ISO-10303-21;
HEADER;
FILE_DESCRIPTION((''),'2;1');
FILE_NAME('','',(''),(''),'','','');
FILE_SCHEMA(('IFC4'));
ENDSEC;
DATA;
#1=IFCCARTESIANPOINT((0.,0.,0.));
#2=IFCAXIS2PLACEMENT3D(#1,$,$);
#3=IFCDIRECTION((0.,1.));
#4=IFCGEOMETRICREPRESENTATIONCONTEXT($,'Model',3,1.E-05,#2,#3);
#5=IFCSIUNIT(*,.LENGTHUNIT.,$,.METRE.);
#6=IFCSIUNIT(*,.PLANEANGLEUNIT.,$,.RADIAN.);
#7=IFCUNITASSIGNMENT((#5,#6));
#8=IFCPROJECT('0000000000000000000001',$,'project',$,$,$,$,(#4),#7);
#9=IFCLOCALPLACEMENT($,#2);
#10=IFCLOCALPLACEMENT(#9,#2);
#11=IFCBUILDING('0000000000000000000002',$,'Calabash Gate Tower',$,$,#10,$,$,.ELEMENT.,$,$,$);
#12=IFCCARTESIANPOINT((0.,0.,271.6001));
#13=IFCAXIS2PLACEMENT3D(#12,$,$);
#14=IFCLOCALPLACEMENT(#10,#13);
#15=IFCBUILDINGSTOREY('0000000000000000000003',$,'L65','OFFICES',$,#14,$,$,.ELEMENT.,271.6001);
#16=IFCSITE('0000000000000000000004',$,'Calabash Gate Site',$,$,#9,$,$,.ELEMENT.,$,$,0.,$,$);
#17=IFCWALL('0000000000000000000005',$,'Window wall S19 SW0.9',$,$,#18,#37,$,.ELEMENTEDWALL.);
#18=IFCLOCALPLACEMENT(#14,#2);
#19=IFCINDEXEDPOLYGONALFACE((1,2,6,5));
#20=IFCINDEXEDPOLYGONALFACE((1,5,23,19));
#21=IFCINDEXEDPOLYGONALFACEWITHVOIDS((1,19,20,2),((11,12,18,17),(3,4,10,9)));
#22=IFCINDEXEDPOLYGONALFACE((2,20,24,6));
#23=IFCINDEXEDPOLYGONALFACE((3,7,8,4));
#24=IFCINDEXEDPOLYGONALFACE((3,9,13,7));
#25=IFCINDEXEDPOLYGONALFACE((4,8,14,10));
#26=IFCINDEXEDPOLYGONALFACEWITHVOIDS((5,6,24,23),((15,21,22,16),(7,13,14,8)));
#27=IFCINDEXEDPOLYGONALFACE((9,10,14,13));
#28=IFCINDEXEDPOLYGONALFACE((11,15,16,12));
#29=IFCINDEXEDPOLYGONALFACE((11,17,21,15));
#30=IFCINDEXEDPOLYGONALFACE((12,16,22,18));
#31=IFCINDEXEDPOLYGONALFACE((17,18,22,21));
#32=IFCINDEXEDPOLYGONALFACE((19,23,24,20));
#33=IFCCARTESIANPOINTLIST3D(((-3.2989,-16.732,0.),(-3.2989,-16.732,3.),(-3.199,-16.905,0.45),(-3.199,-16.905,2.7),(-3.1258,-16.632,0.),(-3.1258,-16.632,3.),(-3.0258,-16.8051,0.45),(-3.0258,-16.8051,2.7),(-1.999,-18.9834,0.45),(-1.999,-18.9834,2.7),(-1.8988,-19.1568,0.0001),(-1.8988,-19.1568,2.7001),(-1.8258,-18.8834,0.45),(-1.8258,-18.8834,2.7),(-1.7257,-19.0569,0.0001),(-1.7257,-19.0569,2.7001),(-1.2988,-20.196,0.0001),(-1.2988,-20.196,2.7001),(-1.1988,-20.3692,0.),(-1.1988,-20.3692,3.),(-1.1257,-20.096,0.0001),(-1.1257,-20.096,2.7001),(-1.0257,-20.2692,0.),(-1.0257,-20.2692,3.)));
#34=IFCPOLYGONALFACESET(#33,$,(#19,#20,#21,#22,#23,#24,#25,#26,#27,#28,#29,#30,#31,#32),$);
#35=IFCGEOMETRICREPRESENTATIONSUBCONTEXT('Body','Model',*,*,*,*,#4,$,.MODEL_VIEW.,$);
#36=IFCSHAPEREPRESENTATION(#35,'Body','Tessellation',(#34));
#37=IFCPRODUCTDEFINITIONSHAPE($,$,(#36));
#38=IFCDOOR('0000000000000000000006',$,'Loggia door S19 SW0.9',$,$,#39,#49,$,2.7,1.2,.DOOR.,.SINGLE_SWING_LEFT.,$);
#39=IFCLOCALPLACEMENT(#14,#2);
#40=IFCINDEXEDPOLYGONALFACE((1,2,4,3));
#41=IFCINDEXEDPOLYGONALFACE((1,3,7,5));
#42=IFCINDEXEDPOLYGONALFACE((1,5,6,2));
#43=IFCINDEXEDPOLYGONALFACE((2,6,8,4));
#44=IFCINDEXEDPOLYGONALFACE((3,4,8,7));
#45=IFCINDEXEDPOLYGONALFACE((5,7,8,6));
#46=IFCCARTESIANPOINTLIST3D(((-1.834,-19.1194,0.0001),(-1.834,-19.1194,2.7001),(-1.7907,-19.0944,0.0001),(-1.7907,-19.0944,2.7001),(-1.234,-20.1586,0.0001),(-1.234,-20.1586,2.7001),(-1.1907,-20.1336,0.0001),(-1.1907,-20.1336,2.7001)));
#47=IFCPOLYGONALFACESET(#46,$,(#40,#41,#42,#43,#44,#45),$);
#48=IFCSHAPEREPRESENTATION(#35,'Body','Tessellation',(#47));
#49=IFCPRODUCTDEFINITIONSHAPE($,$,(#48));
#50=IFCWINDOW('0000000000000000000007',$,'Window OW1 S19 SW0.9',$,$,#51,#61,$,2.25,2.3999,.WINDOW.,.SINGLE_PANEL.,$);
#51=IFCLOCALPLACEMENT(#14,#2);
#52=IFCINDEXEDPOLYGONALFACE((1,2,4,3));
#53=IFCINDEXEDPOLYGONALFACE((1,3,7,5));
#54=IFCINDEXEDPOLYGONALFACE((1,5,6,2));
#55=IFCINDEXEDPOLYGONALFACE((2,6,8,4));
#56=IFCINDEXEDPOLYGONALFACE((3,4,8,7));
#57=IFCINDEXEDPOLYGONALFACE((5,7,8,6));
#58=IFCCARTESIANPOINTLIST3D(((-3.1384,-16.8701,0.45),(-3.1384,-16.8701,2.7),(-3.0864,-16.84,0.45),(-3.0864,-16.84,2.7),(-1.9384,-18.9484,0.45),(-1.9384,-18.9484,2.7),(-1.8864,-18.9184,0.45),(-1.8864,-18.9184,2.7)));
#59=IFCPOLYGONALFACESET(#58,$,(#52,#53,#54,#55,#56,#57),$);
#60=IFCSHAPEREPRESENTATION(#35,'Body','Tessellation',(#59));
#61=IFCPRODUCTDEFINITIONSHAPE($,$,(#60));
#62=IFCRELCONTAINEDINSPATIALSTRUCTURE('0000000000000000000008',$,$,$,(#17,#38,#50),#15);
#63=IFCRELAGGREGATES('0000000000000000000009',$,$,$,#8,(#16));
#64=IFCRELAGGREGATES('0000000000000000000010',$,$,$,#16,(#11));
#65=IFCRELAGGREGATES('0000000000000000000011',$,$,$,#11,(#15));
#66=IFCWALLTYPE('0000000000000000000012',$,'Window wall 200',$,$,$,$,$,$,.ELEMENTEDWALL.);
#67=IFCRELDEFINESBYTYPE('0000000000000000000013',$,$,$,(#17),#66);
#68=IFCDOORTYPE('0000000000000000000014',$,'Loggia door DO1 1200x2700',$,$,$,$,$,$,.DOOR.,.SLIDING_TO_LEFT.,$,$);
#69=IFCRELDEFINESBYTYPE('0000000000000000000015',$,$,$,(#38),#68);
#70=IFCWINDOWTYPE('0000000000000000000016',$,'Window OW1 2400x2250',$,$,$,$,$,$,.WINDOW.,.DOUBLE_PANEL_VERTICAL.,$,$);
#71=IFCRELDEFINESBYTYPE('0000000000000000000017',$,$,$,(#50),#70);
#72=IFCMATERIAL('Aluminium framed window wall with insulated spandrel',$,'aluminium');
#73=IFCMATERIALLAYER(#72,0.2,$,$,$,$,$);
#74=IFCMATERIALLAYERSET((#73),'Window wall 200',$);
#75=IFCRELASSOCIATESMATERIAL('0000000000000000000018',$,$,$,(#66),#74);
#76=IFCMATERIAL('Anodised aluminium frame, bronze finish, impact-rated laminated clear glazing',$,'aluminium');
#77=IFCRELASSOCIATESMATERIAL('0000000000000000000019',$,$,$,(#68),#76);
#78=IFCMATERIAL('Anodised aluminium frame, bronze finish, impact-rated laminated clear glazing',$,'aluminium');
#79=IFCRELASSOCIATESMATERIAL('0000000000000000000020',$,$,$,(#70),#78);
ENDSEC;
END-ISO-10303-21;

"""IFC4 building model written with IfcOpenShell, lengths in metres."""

from ifc_helpers import new_model, si_unit, direction, frame, frame_2d, origin, place, context, subcontext, project, spatial, rectangle, extrude, material, layer, layer_set, type_object, element, fill, save


model = new_model("IFC4")

# Units and contexts
model_context = context("Model", 3, precision=1e-05, world=origin(), true_north=direction((0.0, 1.0)))
body_context = subcontext(model_context, "Body", "Model", "MODEL_VIEW")
ifc_project = project(units=[si_unit("LENGTHUNIT", "METRE"), si_unit("PLANEANGLEUNIT", "RADIAN")], contexts=[model_context])

# Site, building, storey
site_placement = place(None, origin())
site = spatial("IfcSite", under=ifc_project, at=site_placement, Name="Calabash Gate Site", CompositionType="ELEMENT", RefElevation=0.0)
building_placement = place(site_placement, origin())
building = spatial("IfcBuilding", under=site, at=building_placement, Name="Calabash Gate Tower", CompositionType="ELEMENT")
storey_placement = place(building_placement, frame((0.0, 0.0, 271.6001)))
storey = spatial("IfcBuildingStorey", under=building, at=storey_placement, Name="L65", Description="OFFICES", CompositionType="ELEMENT", Elevation=271.6001)

# Shared definitions
ifc_material_1 = material(Name="Aluminium framed window wall with insulated spandrel", Category="aluminium")
ifc_layer_1 = layer(ifc_material_1, 0.2)
ifc_layer_set_1 = layer_set([ifc_layer_1], Name="Window wall 200")
wall_type_1 = type_object("IfcWallType", Name="Window wall 200", PredefinedType="ELEMENTEDWALL", material=ifc_layer_set_1)

# Wall, openings, door, window
wall_1_placement = place(storey_placement, frame((-3.2124, -16.6819, 0.0), z_axis=(0.0, 0.0, 1.0), x_axis=(0.500028, -0.866009, 0.0)))
wall_1 = element("IfcWall", 1, at=wall_1_placement, inside=storey, type_object=wall_type_1, Name="Window wall S19 SW0.9", PredefinedType="ELEMENTEDWALL", context=body_context, shape_type="SweptSolid", body=[
    extrude(rectangle(XDim=4.2, YDim=0.2, at=frame_2d((2.1001, 0.0))), origin(), (0.0, 0.0, 1.0), 3.0),
])
opening_1_placement = place(wall_1_placement, frame((0.2, 0.0, 0.45)))
opening_1 = element("IfcOpeningElement", 2, at=opening_1_placement, cuts=wall_1, PredefinedType="OPENING", context=body_context, shape_type="SweptSolid", body=[
    extrude(rectangle(XDim=2.3999, YDim=2.25, at=frame_2d((1.2, 1.125))), frame((0.0, 0.1099, 0.0), z_axis=(0.0, -1.0, 0.0), x_axis=(1.0, 0.0, 0.0)), (0.0, 0.0, 1.0), 0.22),
])
opening_2_placement = place(wall_1_placement, frame((2.8, 0.0, 0.0)))
opening_2 = element("IfcOpeningElement", 3, at=opening_2_placement, cuts=wall_1, PredefinedType="OPENING", context=body_context, shape_type="SweptSolid", body=[
    extrude(rectangle(XDim=1.2, YDim=2.7, at=frame_2d((0.6001, 1.3501))), frame((0.0, 0.1099, 0.0), z_axis=(0.0, -1.0, 0.0), x_axis=(1.0, 0.0, 0.0)), (0.0, 0.0, 1.0), 0.22),
])
ifc_material_2 = material(Name="Anodised aluminium frame, bronze finish, impact-rated laminated clear glazing", Category="aluminium")
door_type = type_object("IfcDoorType", Name="Loggia door DO1 1200x2700", OperationType="SLIDING_TO_LEFT", PredefinedType="DOOR", material=ifc_material_2)
door_placement = place(opening_2_placement, origin())
door = element("IfcDoor", 4, at=door_placement, inside=storey, type_object=door_type, Name="Loggia door S19 SW0.9", OperationType="SINGLE_SWING_LEFT", OverallHeight=2.7, OverallWidth=1.2, PredefinedType="DOOR", context=body_context, shape_type="SweptSolid", body=[
    extrude(rectangle(XDim=1.2, YDim=2.7, at=frame_2d((0.6001, 1.3501))), frame((0.0, 0.0249, 0.0), z_axis=(0.0, -1.0, 0.0), x_axis=(1.0, 0.0, 0.0)), (0.0, 0.0, 1.0), 0.05),
])
fill(opening_2, door)
ifc_material_3 = material(Name="Anodised aluminium frame, bronze finish, impact-rated laminated clear glazing", Category="aluminium")
window_type_1 = type_object("IfcWindowType", Name="Window OW1 2400x2250", PartitioningType="DOUBLE_PANEL_VERTICAL", PredefinedType="WINDOW", material=ifc_material_3)
window_1_placement = place(opening_1_placement, origin())
window_1 = element("IfcWindow", 5, at=window_1_placement, inside=storey, type_object=window_type_1, Name="Window OW1 S19 SW0.9", OverallHeight=2.25, OverallWidth=2.3999, PartitioningType="SINGLE_PANEL", PredefinedType="WINDOW", context=body_context, shape_type="SweptSolid", body=[
    extrude(rectangle(XDim=2.3999, YDim=2.25, at=frame_2d((1.2, 1.125))), frame((0.0, 0.03, 0.0), z_axis=(0.0, -1.0, 0.0), x_axis=(1.0, 0.0, 0.0)), (0.0, 0.0, 1.0), 0.0601),
])
fill(opening_1, window_1)

save(model, "model.ifc")
